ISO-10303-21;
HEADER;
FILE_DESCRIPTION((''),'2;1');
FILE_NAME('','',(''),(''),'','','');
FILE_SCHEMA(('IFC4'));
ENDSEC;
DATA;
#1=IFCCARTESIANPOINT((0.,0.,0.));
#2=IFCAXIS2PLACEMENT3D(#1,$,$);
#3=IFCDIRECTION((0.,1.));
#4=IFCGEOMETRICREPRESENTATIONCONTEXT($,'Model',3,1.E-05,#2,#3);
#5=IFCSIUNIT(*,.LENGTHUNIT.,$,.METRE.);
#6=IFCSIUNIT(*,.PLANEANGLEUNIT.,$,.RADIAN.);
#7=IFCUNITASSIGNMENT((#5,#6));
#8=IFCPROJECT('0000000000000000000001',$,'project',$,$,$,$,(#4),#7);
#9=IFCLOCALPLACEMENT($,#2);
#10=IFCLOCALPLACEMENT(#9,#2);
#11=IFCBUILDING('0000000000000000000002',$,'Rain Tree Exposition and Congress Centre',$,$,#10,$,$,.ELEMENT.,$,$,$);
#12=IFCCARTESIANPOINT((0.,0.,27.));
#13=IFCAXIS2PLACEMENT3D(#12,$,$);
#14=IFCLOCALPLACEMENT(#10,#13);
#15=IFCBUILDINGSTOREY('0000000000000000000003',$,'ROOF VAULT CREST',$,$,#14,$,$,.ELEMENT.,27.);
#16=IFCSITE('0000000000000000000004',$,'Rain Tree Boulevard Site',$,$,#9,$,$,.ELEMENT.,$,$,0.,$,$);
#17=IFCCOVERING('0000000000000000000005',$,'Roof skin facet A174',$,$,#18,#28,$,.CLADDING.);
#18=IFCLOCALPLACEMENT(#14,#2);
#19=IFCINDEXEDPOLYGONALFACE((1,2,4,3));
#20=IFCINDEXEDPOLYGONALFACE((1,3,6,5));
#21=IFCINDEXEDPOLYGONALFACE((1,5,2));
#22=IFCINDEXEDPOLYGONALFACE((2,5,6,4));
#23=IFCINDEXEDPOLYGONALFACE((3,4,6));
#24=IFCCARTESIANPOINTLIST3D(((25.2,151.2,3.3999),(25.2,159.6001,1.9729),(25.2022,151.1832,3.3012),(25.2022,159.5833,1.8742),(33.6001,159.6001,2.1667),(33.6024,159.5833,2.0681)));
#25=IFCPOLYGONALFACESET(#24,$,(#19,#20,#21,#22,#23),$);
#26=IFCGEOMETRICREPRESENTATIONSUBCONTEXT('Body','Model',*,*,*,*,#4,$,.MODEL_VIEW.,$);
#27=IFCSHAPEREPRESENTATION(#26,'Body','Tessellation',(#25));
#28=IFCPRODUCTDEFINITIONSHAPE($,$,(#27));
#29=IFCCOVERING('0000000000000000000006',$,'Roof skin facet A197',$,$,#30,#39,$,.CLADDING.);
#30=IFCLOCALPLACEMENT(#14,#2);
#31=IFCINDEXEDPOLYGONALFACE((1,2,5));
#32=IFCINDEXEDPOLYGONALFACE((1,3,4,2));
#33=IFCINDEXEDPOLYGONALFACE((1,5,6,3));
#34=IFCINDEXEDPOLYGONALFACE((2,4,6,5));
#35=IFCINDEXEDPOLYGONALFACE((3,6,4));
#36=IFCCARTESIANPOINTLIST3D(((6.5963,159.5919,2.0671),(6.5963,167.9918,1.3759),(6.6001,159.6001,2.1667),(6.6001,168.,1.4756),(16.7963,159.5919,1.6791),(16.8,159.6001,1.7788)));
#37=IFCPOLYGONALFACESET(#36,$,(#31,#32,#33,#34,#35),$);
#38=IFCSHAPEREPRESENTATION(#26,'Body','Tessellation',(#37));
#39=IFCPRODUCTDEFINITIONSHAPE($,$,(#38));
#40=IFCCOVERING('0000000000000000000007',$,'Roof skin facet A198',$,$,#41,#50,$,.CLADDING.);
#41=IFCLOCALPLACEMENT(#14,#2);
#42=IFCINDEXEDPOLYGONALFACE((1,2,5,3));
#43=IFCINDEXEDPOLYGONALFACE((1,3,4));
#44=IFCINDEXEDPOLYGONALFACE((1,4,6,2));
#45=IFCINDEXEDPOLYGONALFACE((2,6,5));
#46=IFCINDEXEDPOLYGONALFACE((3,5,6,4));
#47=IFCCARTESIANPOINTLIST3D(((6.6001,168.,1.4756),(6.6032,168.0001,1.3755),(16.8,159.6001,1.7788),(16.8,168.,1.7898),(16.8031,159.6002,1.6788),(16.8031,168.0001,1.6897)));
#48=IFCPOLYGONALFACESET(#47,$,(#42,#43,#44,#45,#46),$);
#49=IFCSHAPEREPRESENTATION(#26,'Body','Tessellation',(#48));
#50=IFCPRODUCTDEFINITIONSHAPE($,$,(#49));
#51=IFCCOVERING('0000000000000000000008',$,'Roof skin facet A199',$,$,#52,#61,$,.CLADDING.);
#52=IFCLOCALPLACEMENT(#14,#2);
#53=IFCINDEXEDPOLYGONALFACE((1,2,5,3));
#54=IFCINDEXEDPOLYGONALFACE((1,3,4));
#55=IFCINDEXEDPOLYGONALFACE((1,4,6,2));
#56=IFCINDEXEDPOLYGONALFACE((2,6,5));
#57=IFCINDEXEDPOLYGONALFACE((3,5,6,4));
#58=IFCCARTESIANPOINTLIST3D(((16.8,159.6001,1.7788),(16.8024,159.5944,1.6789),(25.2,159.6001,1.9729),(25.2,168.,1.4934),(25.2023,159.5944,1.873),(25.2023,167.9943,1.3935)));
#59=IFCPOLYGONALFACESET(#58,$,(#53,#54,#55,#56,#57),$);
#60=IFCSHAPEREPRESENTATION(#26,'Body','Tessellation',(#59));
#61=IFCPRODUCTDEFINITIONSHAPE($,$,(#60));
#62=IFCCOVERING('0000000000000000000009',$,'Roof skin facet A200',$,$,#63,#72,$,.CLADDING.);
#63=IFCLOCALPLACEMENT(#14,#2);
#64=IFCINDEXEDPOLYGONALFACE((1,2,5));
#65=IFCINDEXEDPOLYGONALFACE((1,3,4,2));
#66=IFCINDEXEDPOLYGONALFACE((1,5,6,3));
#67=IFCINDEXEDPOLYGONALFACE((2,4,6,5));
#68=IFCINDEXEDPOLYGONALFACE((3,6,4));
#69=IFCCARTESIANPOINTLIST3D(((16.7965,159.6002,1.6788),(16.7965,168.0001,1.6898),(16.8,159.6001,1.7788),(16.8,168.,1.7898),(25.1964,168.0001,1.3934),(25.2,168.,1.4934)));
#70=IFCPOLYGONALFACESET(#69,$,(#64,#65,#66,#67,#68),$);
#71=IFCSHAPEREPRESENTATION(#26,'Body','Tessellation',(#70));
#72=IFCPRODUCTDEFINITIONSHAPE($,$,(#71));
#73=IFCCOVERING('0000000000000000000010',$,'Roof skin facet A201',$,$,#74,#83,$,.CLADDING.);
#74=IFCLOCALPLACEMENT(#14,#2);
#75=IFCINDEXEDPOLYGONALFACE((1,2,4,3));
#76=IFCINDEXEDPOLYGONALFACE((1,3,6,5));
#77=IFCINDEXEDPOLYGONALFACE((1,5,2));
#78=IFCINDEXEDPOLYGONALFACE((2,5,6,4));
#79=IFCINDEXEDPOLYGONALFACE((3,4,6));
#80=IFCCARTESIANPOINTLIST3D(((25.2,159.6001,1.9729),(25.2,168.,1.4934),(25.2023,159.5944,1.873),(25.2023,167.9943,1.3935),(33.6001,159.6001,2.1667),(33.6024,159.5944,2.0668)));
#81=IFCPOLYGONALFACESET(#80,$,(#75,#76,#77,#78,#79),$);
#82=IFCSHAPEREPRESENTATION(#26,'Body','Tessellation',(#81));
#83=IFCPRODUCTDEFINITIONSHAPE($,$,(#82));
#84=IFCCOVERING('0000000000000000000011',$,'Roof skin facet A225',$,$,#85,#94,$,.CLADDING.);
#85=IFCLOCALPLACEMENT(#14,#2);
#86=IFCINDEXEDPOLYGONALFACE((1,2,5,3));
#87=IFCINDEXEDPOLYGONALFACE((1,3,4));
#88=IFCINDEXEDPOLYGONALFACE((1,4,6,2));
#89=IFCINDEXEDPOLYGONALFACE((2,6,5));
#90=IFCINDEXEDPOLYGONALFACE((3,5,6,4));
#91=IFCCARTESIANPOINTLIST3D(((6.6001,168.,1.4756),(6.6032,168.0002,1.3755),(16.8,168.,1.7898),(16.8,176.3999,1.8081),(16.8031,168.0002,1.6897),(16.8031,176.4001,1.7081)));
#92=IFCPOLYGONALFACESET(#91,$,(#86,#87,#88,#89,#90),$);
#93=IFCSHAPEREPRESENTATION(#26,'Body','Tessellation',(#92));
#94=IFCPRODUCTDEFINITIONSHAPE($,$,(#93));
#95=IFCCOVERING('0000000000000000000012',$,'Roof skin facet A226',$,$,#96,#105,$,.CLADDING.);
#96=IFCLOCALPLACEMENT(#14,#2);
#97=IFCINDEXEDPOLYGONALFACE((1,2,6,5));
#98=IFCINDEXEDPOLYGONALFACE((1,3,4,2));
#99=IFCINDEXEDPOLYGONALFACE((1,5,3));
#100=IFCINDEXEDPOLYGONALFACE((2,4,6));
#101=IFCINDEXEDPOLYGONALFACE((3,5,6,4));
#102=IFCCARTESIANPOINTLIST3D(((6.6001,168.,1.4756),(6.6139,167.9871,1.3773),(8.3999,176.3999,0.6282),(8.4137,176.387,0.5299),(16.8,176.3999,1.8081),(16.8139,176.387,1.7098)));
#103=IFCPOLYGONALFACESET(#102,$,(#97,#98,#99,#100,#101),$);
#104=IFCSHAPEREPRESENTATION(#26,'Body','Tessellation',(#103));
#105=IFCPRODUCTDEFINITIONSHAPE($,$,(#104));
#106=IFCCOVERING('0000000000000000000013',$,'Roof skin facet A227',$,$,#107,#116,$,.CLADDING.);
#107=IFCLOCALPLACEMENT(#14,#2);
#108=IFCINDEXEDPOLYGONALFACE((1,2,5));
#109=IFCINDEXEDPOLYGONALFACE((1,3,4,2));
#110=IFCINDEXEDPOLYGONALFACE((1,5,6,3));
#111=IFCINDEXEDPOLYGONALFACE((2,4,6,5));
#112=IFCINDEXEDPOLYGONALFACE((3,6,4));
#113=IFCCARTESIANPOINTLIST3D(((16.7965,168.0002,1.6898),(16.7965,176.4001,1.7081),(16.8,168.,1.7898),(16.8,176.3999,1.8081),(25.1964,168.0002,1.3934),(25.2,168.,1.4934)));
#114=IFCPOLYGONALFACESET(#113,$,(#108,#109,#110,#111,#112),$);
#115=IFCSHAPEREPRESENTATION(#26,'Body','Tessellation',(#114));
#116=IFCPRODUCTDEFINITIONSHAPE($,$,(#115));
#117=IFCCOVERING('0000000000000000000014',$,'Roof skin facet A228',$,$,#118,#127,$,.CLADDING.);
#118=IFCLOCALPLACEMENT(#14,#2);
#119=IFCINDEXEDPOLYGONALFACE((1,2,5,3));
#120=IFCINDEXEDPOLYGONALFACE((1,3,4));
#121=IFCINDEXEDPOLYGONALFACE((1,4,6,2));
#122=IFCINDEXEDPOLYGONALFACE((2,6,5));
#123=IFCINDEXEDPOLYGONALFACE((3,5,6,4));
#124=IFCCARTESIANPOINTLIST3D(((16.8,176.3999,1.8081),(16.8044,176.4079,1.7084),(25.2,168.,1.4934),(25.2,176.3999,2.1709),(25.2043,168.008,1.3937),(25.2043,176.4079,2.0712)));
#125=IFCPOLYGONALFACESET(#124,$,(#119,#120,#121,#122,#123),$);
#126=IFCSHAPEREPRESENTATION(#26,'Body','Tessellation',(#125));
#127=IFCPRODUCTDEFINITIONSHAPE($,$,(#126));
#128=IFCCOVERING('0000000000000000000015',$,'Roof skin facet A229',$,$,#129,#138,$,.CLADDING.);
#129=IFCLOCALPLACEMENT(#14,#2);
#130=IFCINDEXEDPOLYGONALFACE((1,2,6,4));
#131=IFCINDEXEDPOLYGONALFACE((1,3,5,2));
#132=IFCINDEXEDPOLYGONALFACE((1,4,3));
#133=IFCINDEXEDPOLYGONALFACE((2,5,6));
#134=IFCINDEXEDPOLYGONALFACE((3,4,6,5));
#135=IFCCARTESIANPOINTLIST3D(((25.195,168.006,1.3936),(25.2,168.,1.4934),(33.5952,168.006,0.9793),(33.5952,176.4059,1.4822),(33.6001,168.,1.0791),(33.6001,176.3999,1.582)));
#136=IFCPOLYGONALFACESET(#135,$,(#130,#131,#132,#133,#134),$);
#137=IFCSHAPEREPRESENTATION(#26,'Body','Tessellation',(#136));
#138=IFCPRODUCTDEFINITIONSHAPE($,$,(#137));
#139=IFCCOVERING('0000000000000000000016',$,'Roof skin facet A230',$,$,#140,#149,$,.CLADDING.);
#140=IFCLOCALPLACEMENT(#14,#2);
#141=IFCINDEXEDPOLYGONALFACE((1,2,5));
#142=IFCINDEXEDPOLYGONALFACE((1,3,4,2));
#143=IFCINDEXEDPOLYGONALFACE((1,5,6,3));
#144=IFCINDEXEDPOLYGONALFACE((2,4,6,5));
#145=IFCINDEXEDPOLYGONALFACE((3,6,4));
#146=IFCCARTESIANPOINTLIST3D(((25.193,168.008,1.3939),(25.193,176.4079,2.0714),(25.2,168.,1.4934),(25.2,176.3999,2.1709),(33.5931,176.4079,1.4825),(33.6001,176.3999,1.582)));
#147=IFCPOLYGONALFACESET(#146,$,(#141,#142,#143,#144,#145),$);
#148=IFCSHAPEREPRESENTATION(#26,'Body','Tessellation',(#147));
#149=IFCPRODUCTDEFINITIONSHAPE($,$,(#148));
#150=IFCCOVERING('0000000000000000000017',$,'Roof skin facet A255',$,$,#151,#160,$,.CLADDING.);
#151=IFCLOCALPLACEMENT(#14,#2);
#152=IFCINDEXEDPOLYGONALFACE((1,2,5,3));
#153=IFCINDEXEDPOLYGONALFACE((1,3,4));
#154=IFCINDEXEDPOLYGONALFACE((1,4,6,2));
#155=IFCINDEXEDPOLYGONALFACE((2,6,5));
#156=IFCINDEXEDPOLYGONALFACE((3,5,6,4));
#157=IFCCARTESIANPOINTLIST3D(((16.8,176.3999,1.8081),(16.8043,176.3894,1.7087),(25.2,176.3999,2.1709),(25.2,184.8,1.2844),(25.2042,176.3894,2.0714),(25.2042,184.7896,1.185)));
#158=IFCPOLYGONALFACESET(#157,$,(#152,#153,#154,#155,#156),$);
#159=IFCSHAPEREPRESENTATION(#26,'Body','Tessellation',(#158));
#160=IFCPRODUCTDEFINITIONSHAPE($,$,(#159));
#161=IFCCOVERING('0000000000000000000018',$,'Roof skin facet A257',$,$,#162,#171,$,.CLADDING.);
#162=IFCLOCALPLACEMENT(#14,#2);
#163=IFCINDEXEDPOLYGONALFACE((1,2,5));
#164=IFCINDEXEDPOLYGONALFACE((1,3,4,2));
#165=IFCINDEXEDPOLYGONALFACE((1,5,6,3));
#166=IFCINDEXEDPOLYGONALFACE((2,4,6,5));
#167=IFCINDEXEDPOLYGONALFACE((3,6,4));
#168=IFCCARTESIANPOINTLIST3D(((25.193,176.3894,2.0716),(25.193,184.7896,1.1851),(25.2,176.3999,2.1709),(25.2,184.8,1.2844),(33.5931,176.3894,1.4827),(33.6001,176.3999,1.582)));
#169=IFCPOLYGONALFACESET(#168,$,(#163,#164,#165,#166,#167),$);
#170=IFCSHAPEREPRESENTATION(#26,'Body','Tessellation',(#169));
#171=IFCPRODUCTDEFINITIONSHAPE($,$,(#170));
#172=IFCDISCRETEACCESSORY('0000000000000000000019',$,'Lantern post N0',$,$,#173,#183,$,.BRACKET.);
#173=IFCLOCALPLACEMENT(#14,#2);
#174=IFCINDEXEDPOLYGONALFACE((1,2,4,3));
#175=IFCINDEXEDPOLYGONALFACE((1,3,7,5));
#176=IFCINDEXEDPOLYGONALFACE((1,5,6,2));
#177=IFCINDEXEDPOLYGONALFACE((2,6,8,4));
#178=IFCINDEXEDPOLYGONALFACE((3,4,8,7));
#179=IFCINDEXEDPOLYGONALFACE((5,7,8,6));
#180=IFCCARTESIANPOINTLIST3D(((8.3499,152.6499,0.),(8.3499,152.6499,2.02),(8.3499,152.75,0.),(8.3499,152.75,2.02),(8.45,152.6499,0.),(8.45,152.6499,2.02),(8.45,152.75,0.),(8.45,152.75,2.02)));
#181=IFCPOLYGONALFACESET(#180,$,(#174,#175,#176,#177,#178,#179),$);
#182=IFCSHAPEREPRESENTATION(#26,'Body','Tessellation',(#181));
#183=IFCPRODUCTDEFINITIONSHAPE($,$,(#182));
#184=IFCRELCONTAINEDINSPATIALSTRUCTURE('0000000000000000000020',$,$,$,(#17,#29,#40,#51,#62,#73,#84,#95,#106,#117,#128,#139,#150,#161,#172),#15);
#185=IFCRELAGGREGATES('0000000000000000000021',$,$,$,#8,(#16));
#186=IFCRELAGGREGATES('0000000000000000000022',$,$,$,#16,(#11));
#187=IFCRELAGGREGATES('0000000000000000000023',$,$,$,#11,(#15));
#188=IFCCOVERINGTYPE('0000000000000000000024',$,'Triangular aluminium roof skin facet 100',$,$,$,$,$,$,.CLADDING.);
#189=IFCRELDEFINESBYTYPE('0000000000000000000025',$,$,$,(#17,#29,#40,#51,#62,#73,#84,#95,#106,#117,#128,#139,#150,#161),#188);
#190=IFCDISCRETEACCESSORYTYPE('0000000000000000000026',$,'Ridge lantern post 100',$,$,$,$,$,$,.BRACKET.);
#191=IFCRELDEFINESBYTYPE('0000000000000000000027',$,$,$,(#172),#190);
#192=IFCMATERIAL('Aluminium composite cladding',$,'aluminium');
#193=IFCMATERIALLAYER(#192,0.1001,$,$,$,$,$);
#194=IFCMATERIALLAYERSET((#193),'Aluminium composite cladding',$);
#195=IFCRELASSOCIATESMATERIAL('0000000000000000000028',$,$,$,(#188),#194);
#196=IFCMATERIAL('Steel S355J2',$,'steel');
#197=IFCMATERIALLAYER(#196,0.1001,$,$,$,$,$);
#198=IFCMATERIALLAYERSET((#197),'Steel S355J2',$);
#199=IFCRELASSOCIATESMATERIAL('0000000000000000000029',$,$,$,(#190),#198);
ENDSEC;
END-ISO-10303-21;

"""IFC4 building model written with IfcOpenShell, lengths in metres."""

from ifc_helpers import new_model, si_unit, direction, frame, origin, origin_2d, place, context, subcontext, project, spatial, polyline, rectangle, outline, extrude, material, layer, layer_set, type_object, element, save


model = new_model("IFC4")

# Units and contexts
model_context = context("Model", 3, precision=1e-05, world=origin(), true_north=direction((0.0, 1.0)))
body_context = subcontext(model_context, "Body", "Model", "MODEL_VIEW")
ifc_project = project(units=[si_unit("LENGTHUNIT", "METRE"), si_unit("PLANEANGLEUNIT", "RADIAN")], contexts=[model_context])

# Site, building, storey
site_placement = place(None, origin())
site = spatial("IfcSite", under=ifc_project, at=site_placement, Name="Rain Tree Boulevard Site", CompositionType="ELEMENT", RefElevation=0.0)
building_placement = place(site_placement, origin())
building = spatial("IfcBuilding", under=site, at=building_placement, Name="Rain Tree Exposition and Congress Centre", CompositionType="ELEMENT")
storey_placement = place(building_placement, frame((0.0, 0.0, 27.0)))
storey = spatial("IfcBuildingStorey", under=building, at=storey_placement, Name="ROOF VAULT CREST", CompositionType="ELEMENT", Elevation=27.0)

# Coverings
ifc_material_1 = material(Name="Aluminium composite cladding", Category="aluminium")
ifc_layer_1 = layer(ifc_material_1, 0.1001)
ifc_layer_set_1 = layer_set([ifc_layer_1], Name="Aluminium composite cladding")
covering_type_1 = type_object("IfcCoveringType", Name="Triangular aluminium roof skin facet 100", PredefinedType="CLADDING", material=ifc_layer_set_1)
covering_1_placement = place(storey_placement, frame((25.2, 151.2, 3.3999), z_axis=(-0.022745, 0.167435, 0.985621), x_axis=(0.703328, 0.703328, -0.10325)))
element("IfcCovering", 1, at=covering_1_placement, inside=storey, type_object=covering_type_1, Name="Roof skin facet A174", PredefinedType="CLADDING", context=body_context, shape_type="SweptSolid", body=[
    extrude(outline(polyline([(0.0, 0.0), (11.9434, 0.0), (6.0554, 5.9942), (0.0, 0.0)])), origin(), (0.0, 0.0, -1.0), 0.1001),
])
covering_2_placement = place(storey_placement, frame((6.6001, 159.6001, 2.1667), z_axis=(0.037878, 0.081946, 0.995917), x_axis=(0.999278, 0.0, -0.038006)))
element("IfcCovering", 2, at=covering_2_placement, inside=storey, type_object=covering_type_1, Name="Roof skin facet A197", PredefinedType="CLADDING", context=body_context, shape_type="SweptSolid", body=[
    extrude(outline(polyline([(0.0, 0.0), (10.2073, 0.0), (0.0263, 8.4282), (0.0, 0.0)])), origin(), (0.0, 0.0, -1.0), 0.1001),
])
covering_3_placement = place(storey_placement, frame((16.8, 159.6001, 1.7788), z_axis=(-0.03079, -0.001307, 0.999525), x_axis=(0.0, 0.999999, 0.001308)))
element("IfcCovering", 3, at=covering_3_placement, inside=storey, type_object=covering_type_1, Name="Roof skin facet A198", PredefinedType="CLADDING", context=body_context, shape_type="SweptSolid", body=[
    extrude(outline(polyline([(0.0, 0.0), (8.3999, 0.0), (8.3995, 10.2048), (0.0, 0.0)])), origin(), (0.0, 0.0, -1.0), 0.1001),
])
covering_4_placement = place(storey_placement, frame((16.8, 159.6001, 1.7788), z_axis=(-0.023063, 0.056975, 0.998109), x_axis=(0.999733, 0.0, 0.0231)))
element("IfcCovering", 4, at=covering_4_placement, inside=storey, type_object=covering_type_1, Name="Roof skin facet A199", PredefinedType="CLADDING", context=body_context, shape_type="SweptSolid", body=[
    extrude(outline(polyline([(0.0, 0.0), (8.4021, 0.0), (8.3911, 8.4136), (0.0, 0.0)])), origin(), (0.0, 0.0, -1.0), 0.1001),
])
covering_5_placement = place(storey_placement, frame((16.8, 159.6001, 1.7788), z_axis=(0.035263, -0.001307, 0.999377), x_axis=(0.706903, 0.706903, -0.024018)))
element("IfcCovering", 5, at=covering_5_placement, inside=storey, type_object=covering_type_1, Name="Roof skin facet A200", PredefinedType="CLADDING", context=body_context, shape_type="SweptSolid", body=[
    extrude(outline(polyline([(0.0, 0.0), (11.8827, 0.0), (5.9377, 5.9416), (0.0, 0.0)])), origin(), (0.0, 0.0, -1.0), 0.1001),
])
covering_6_placement = place(storey_placement, frame((25.2, 159.6001, 1.9729), z_axis=(-0.023033, 0.056975, 0.99811), x_axis=(0.999734, 0.0, 0.023071)))
element("IfcCovering", 6, at=covering_6_placement, inside=storey, type_object=covering_type_1, Name="Roof skin facet A201", PredefinedType="CLADDING", context=body_context, shape_type="SweptSolid", body=[
    extrude(outline(polyline([(0.0, 0.0), (8.4024, 0.0), (-0.0111, 8.4136), (0.0, 0.0)])), origin(), (0.0, 0.0, -1.0), 0.1001),
])
covering_7_placement = place(storey_placement, frame((6.6001, 168.0, 1.4756), z_axis=(-0.03079, -0.002179, 0.999523), x_axis=(0.999526, 0.0, 0.03079)))
element("IfcCovering", 7, at=covering_7_placement, inside=storey, type_object=covering_type_1, Name="Roof skin facet A225", PredefinedType="CLADDING", context=body_context, shape_type="SweptSolid", body=[
    extrude(outline(polyline([(0.0, 0.0), (10.2048, 0.0), (10.2054, 8.3999), (0.0, 0.0)])), origin(), (0.0, 0.0, -1.0), 0.1001),
])
covering_8_placement = place(storey_placement, frame((6.6001, 168.0, 1.4756), z_axis=(-0.137944, 0.12863, 0.982052), x_axis=(0.771688, 0.635503, 0.025157)))
element("IfcCovering", 8, at=covering_8_placement, inside=storey, type_object=covering_type_1, Name="Roof skin facet A226", PredefinedType="CLADDING", context=body_context, shape_type="SweptSolid", body=[
    extrude(outline(polyline([(0.0, 0.0), (13.2177, 0.0), (6.7057, 5.4359), (0.0, 0.0)])), origin(), (0.0, 0.0, -1.0), 0.1001),
])
covering_9_placement = place(storey_placement, frame((16.8, 168.0, 1.7898), z_axis=(0.035263, -0.002178, 0.999376), x_axis=(0.999378, 0.0, -0.035263)))
element("IfcCovering", 9, at=covering_9_placement, inside=storey, type_object=covering_type_1, Name="Roof skin facet A227", PredefinedType="CLADDING", context=body_context, shape_type="SweptSolid", body=[
    extrude(outline(polyline([(0.0, 0.0), (8.4051, 0.0), (-0.0006, 8.3999), (0.0, 0.0)])), origin(), (0.0, 0.0, -1.0), 0.1001),
])
covering_10_placement = place(storey_placement, frame((25.2, 168.0, 1.4934), z_axis=(-0.043011, -0.080319, 0.995841), x_axis=(0.0, 0.996763, 0.080393)))
element("IfcCovering", 10, at=covering_10_placement, inside=storey, type_object=covering_type_1, Name="Roof skin facet A228", PredefinedType="CLADDING", context=body_context, shape_type="SweptSolid", body=[
    extrude(outline(polyline([(0.0, 0.0), (8.4272, 0.0), (8.398, 8.4077), (0.0, 0.0)])), origin(), (0.0, 0.0, -1.0), 0.1001),
])
covering_11_placement = place(storey_placement, frame((25.2, 168.0, 1.4934), z_axis=(0.049174, -0.059694, 0.997005), x_axis=(0.998786, 0.0, -0.049261)))
element("IfcCovering", 11, at=covering_11_placement, inside=storey, type_object=covering_type_1, Name="Roof skin facet A229", PredefinedType="CLADDING", context=body_context, shape_type="SweptSolid", body=[
    extrude(outline(polyline([(0.0, 0.0), (8.4104, 0.0), (8.3856, 8.4149), (0.0, 0.0)])), origin(), (0.0, 0.0, -1.0), 0.1001),
])
covering_12_placement = place(storey_placement, frame((25.2, 168.0, 1.4934), z_axis=(0.069705, -0.080198, 0.994339), x_axis=(0.707097, 0.707077, 0.00746)))
element("IfcCovering", 12, at=covering_12_placement, inside=storey, type_object=covering_type_1, Name="Roof skin facet A230", PredefinedType="CLADDING", context=body_context, shape_type="SweptSolid", body=[
    extrude(outline(polyline([(0.0, 0.0), (11.8798, 0.0), (5.9444, 5.9734), (0.0, 0.0)])), origin(), (0.0, 0.0, -1.0), 0.1001),
])
covering_13_placement = place(storey_placement, frame((16.8, 176.3999, 1.8081), z_axis=(-0.042912, 0.104851, 0.993562), x_axis=(0.999069, 0.0, 0.04315)))
element("IfcCovering", 13, at=covering_13_placement, inside=storey, type_object=covering_type_1, Name="Roof skin facet A255", PredefinedType="CLADDING", context=body_context, shape_type="SweptSolid", body=[
    extrude(outline(polyline([(0.0, 0.0), (8.4077, 0.0), (8.3695, 8.4467), (0.0, 0.0)])), origin(), (0.0, 0.0, -1.0), 0.1001),
])
covering_14_placement = place(storey_placement, frame((25.2, 176.3999, 2.1709), z_axis=(0.069546, 0.104694, 0.99207), x_axis=(0.997552, 0.0, -0.06993)))
element("IfcCovering", 14, at=covering_14_placement, inside=storey, type_object=covering_type_1, Name="Roof skin facet A257", PredefinedType="CLADDING", context=body_context, shape_type="SweptSolid", body=[
    extrude(outline(polyline([(0.0, 0.0), (8.4208, 0.0), (0.062, 8.4466), (0.0, 0.0)])), origin(), (0.0, 0.0, -1.0), 0.1001),
])

# Discrete accessory
ifc_material_2 = material(Name="Steel S355J2", Category="steel")
ifc_layer_2 = layer(ifc_material_2, 0.1001)
ifc_layer_set_2 = layer_set([ifc_layer_2], Name="Steel S355J2")
discrete_accessory_type = type_object("IfcDiscreteAccessoryType", Name="Ridge lantern post 100", PredefinedType="BRACKET", material=ifc_layer_set_2)
for number, where, z_axis, x_axis, name in (
    (15, (8.3999, 152.7, 0.0), (0.0, 0.0, 1.0), (1.0, 0.0, 0.0), "Lantern post N0"),
):
    element("IfcDiscreteAccessory", number, at=place(storey_placement, frame(where, z_axis=z_axis, x_axis=x_axis)), inside=storey, type_object=discrete_accessory_type, Name=name, PredefinedType="BRACKET", context=body_context, shape_type="SweptSolid", body=[
        extrude(rectangle(XDim=0.1001, YDim=0.1001, at=origin_2d()), origin(), (0.0, 0.0, 1.0), 2.02),
    ])

save(model, "model.ifc")
